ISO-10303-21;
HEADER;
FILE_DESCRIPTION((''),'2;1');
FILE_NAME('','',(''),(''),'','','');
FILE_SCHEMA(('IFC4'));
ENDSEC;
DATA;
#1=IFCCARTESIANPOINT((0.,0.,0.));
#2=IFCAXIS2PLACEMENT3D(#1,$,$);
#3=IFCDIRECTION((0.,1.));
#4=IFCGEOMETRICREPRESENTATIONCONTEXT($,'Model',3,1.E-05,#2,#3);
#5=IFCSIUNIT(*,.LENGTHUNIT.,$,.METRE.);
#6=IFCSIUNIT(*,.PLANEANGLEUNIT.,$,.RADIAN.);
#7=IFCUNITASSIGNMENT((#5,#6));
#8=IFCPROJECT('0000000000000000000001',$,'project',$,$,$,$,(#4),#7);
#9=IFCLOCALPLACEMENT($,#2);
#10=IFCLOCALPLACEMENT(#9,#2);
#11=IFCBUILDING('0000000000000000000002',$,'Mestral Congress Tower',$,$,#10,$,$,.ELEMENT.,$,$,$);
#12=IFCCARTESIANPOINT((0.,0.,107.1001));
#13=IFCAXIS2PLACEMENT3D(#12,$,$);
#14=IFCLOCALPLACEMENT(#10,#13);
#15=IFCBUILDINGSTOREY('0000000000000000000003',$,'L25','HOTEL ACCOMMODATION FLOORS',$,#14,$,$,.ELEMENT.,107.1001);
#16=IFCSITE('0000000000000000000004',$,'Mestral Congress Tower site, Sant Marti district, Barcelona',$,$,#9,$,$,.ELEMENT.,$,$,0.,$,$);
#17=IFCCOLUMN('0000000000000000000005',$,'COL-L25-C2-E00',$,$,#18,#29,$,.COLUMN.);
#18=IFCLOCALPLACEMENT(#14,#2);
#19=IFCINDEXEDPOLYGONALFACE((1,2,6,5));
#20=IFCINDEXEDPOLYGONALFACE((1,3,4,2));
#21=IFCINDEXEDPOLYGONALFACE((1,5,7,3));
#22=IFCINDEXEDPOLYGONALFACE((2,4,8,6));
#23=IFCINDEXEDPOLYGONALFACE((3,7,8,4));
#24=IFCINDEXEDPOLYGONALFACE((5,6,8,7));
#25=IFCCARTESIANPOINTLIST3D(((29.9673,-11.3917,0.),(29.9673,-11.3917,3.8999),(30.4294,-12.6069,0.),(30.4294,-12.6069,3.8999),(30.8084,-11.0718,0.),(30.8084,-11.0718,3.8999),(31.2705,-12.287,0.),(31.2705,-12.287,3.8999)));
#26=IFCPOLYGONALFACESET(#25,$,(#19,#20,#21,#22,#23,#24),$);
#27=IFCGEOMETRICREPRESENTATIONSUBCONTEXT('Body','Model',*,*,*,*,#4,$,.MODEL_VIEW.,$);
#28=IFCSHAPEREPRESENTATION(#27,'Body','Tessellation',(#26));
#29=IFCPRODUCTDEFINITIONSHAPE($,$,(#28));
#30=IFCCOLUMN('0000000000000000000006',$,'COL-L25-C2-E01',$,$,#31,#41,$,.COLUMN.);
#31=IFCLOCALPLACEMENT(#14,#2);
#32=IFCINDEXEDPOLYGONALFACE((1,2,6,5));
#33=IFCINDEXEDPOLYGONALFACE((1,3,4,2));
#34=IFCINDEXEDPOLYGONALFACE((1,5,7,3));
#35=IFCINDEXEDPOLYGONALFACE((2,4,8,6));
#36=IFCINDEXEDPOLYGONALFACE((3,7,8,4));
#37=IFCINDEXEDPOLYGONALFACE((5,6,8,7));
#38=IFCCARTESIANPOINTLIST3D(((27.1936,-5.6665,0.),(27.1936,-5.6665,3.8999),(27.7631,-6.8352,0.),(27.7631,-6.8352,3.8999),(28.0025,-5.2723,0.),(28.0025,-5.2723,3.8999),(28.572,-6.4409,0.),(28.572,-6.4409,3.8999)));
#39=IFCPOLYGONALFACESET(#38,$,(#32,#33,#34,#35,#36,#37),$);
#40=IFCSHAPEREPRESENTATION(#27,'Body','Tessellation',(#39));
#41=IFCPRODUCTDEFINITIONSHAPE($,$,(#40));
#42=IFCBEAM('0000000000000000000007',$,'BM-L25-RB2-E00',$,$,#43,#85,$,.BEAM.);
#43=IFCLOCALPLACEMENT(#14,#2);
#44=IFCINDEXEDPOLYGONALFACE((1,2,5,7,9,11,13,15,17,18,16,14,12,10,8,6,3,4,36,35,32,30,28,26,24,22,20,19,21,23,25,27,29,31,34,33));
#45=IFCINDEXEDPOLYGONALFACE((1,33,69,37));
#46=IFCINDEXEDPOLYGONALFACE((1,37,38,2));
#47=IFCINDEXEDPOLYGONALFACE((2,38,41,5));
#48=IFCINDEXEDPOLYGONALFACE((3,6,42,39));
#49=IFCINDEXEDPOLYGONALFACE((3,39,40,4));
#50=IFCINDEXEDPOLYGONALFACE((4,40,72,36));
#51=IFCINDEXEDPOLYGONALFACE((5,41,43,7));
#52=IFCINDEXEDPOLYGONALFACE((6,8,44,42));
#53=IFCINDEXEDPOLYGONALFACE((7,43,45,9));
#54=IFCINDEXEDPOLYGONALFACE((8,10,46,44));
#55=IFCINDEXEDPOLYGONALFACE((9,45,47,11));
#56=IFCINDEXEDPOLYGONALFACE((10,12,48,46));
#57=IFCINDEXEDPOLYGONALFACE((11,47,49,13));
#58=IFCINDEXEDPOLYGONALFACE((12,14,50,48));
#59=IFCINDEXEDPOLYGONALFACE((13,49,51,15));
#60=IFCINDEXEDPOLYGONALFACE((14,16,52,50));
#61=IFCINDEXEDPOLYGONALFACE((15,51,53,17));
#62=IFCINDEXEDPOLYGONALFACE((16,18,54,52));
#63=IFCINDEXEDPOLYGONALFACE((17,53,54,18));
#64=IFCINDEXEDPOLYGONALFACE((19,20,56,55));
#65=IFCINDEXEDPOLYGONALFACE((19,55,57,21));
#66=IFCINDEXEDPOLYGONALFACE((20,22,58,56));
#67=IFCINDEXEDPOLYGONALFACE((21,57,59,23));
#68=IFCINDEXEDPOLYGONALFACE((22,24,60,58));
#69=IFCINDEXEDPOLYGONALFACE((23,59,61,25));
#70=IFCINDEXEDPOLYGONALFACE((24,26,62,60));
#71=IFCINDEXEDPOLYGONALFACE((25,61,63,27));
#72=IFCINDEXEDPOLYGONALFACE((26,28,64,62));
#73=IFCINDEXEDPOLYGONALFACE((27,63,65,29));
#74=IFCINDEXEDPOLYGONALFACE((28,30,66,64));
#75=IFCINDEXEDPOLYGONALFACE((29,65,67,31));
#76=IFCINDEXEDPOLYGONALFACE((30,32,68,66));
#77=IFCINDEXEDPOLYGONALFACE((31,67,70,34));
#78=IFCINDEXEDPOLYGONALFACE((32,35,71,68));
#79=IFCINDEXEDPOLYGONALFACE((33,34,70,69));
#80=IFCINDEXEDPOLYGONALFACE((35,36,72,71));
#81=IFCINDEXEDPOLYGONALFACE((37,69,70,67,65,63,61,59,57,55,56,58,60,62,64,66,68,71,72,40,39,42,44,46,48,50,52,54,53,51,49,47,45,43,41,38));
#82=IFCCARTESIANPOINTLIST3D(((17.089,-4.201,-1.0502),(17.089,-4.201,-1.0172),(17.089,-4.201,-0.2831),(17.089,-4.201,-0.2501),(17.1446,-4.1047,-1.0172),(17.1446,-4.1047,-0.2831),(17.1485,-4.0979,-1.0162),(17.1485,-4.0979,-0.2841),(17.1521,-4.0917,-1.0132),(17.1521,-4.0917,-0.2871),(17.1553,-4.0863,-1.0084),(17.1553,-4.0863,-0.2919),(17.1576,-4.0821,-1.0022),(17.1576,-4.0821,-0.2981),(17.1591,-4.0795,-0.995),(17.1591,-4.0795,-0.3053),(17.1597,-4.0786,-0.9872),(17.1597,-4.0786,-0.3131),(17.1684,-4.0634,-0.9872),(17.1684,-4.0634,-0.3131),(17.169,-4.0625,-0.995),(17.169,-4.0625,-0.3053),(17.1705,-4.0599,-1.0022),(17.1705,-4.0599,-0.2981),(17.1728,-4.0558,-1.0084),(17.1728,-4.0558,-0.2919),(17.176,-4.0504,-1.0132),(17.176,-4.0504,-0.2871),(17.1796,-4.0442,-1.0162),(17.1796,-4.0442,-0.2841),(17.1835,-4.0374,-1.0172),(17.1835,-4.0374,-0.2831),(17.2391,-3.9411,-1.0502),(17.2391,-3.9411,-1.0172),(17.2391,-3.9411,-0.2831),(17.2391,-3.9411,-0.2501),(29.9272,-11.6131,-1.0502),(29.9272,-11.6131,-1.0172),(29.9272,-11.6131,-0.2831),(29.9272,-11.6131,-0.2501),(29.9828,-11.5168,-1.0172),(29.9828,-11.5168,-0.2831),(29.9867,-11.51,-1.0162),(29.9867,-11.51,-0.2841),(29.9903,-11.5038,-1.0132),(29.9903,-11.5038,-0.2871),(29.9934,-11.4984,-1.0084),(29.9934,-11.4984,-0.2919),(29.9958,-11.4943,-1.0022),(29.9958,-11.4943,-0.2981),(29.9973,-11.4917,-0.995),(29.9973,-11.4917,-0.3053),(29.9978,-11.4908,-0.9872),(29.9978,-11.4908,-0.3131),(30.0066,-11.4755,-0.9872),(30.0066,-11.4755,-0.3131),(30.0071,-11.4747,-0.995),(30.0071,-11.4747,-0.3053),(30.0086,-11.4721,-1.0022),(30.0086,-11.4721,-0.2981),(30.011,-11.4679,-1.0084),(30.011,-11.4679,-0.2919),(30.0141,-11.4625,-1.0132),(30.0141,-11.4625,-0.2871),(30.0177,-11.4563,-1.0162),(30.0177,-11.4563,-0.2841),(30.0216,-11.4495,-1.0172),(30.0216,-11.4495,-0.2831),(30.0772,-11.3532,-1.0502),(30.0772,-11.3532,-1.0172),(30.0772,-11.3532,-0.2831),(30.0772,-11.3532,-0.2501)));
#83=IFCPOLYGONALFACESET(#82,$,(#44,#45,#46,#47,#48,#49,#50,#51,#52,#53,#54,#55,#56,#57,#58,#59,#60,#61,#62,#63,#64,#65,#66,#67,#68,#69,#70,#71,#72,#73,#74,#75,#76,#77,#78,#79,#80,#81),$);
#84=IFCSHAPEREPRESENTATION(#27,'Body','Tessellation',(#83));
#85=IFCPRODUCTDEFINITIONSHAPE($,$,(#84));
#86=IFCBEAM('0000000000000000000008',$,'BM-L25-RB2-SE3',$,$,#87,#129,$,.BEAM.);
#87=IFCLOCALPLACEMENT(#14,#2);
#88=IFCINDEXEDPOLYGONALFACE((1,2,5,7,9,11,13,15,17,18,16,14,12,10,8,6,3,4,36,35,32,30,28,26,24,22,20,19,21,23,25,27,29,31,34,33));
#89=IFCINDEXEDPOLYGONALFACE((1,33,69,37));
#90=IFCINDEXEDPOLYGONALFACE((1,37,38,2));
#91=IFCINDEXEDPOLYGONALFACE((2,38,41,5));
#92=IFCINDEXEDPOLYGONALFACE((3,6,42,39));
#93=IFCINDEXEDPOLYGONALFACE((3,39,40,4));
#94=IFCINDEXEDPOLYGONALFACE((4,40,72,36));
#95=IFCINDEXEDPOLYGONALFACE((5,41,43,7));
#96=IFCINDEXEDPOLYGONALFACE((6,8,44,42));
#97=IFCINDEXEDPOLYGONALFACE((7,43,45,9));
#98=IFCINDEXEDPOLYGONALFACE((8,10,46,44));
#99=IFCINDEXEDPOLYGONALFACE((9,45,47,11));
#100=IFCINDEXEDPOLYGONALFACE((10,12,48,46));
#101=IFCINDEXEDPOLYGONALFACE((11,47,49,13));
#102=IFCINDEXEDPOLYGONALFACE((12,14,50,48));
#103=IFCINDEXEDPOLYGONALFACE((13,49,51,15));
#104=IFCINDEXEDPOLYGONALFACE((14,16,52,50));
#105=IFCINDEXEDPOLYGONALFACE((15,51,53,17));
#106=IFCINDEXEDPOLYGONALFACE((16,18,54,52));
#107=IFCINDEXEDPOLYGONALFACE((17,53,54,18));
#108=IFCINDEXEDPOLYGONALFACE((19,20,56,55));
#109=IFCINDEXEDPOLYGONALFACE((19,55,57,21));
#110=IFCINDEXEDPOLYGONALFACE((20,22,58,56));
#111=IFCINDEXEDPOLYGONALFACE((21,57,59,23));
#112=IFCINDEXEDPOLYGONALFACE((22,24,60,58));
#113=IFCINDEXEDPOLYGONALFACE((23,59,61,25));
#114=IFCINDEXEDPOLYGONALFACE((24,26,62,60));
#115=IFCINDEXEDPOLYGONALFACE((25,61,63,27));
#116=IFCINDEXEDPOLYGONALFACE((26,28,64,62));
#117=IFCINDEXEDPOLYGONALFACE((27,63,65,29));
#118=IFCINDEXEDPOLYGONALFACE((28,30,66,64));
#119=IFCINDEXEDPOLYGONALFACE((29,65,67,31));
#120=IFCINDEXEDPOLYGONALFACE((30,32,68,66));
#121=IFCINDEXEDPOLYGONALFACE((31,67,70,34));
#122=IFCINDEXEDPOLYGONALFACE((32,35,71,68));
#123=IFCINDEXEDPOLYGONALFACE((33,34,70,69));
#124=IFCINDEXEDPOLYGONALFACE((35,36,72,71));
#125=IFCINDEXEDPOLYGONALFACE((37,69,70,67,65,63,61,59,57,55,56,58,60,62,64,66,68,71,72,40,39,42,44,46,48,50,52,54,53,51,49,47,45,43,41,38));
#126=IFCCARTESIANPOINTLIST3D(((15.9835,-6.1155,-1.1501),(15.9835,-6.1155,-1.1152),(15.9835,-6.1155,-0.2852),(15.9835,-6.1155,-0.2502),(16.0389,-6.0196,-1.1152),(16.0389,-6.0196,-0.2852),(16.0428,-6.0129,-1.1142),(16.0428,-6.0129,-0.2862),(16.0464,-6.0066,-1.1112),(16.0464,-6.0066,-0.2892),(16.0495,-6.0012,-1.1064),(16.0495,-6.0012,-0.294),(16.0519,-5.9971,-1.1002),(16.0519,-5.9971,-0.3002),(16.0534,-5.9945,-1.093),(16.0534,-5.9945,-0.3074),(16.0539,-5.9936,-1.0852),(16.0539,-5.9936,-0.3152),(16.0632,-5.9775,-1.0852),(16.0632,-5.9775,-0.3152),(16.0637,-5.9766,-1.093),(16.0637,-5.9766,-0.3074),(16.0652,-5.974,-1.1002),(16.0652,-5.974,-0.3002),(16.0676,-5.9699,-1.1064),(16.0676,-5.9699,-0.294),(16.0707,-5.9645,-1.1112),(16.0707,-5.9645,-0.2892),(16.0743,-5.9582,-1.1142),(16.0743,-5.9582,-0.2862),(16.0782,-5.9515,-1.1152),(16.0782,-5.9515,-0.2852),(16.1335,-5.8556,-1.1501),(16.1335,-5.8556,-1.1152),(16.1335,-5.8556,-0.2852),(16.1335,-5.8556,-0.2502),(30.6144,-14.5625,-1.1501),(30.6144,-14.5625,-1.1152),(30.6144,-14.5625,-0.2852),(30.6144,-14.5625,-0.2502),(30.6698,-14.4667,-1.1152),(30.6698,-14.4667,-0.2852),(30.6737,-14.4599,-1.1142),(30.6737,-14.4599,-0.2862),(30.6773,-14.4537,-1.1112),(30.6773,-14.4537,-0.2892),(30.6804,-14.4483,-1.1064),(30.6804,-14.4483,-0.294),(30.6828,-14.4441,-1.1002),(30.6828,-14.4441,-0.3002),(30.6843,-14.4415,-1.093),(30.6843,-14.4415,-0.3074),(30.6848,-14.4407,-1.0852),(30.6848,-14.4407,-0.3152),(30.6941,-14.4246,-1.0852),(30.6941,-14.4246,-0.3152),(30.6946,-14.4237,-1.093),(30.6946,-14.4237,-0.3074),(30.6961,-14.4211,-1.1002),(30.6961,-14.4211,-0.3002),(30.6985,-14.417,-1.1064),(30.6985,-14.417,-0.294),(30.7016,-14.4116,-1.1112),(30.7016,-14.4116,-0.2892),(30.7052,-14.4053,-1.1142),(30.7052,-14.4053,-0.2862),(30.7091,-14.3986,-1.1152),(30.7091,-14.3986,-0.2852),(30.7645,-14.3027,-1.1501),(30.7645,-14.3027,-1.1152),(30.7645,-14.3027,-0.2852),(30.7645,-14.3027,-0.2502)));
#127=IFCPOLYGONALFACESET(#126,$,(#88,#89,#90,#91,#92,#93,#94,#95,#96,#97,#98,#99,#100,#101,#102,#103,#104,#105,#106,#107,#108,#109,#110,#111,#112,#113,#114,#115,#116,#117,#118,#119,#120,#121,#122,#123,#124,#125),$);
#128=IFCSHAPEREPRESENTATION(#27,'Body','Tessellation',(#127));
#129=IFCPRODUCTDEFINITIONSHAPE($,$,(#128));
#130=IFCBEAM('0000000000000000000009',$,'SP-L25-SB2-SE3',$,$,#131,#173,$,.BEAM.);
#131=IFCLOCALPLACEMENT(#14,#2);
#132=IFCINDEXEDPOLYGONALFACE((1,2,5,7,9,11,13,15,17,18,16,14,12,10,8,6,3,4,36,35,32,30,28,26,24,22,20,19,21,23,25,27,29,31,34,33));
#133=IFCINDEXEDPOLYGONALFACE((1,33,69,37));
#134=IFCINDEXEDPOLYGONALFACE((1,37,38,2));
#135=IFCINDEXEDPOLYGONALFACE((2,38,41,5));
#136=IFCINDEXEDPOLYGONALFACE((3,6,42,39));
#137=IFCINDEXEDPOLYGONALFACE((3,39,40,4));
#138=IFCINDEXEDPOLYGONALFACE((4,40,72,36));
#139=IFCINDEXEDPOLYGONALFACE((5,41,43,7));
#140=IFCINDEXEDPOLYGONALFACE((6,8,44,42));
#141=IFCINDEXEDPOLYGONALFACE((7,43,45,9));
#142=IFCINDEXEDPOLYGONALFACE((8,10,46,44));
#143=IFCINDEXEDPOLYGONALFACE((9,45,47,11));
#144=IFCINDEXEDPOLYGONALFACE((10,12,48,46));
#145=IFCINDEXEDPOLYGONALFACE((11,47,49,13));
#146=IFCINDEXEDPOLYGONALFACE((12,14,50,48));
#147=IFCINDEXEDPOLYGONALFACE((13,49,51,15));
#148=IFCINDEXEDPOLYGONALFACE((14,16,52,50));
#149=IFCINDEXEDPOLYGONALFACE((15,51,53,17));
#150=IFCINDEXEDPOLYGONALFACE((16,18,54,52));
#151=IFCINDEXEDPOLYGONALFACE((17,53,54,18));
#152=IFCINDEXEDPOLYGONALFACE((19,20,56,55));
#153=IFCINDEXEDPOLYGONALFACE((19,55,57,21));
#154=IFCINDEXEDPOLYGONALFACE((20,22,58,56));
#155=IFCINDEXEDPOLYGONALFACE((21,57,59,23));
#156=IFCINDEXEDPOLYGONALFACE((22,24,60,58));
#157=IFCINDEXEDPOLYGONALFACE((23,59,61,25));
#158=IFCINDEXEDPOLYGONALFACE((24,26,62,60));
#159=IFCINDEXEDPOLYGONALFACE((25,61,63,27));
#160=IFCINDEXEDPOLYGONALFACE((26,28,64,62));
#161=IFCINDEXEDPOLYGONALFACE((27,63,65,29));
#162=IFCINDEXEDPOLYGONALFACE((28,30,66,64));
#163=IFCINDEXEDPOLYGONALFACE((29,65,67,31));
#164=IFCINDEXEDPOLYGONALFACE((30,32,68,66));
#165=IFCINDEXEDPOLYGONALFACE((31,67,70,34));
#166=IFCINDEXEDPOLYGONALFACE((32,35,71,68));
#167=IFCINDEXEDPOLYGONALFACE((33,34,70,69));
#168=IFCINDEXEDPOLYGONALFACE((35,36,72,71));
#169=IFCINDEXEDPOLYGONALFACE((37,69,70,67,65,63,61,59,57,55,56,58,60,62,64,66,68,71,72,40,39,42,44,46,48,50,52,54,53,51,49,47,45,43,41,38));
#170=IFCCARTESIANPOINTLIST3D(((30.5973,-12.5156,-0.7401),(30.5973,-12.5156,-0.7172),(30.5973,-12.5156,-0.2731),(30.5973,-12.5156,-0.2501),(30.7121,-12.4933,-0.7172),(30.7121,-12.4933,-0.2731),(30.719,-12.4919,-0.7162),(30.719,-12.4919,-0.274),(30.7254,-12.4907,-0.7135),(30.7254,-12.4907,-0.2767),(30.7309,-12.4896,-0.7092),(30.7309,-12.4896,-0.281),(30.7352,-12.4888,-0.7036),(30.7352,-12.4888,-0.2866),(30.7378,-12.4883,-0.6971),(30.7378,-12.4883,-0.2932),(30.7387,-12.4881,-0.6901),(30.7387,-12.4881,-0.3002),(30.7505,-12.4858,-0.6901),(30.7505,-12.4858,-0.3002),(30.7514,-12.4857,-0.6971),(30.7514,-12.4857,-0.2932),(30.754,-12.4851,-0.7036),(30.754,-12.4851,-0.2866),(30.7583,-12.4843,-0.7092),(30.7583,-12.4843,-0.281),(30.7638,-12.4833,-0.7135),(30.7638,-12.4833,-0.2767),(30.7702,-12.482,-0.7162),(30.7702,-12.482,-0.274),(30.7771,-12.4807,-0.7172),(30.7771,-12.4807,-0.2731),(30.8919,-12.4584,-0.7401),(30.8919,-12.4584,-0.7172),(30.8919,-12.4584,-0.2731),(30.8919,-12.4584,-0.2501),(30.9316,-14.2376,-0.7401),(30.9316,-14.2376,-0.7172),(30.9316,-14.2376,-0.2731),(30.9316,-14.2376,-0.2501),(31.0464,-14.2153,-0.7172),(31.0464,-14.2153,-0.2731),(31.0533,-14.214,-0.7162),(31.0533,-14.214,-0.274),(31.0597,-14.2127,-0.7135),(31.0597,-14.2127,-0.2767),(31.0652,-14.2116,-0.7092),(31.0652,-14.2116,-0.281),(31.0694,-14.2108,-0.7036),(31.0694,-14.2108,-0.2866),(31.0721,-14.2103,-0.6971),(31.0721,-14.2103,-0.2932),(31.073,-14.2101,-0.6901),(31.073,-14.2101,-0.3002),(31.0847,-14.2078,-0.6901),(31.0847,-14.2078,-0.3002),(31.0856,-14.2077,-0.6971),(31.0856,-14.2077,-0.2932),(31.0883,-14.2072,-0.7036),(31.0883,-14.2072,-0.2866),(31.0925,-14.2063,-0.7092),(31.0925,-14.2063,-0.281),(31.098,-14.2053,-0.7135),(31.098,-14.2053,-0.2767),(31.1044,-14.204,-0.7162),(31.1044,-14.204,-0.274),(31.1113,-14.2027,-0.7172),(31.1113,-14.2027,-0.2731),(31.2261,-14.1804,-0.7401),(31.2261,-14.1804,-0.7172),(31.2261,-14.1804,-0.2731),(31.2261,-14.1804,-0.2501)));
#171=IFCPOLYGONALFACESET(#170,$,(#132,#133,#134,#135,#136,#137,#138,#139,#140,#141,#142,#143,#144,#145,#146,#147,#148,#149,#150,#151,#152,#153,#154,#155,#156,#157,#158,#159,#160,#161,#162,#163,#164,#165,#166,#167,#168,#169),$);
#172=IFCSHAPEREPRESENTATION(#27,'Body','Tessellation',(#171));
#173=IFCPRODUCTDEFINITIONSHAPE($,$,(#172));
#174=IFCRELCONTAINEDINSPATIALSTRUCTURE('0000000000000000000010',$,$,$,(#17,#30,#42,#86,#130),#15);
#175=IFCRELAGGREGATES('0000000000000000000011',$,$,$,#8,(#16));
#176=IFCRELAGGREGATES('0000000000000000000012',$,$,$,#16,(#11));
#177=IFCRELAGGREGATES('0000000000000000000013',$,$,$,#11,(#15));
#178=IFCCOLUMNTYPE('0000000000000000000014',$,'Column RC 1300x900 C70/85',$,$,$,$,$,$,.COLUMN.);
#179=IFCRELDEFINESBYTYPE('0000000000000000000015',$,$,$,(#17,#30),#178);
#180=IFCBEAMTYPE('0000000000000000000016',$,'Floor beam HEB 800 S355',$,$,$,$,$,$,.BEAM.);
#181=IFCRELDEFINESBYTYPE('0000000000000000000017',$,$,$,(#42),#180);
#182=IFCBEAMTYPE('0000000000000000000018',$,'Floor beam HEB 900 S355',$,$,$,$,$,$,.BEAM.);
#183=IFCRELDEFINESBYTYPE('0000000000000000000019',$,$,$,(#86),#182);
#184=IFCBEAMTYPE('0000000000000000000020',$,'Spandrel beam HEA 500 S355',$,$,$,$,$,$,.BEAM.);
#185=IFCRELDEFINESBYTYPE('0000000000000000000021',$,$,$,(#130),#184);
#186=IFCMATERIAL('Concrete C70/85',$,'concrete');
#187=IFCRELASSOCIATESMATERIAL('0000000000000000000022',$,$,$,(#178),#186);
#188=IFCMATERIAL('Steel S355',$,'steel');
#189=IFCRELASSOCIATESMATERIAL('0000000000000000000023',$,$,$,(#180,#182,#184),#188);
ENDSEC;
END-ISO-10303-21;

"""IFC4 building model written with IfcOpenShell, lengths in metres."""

from ifc_helpers import new_model, si_unit, direction, frame, origin, origin_2d, place, context, subcontext, project, spatial, rectangle, i_section, extrude, material, material_profile, profile_set, type_object, element, save


model = new_model("IFC4")

# Units and contexts
model_context = context("Model", 3, precision=1e-05, world=origin(), true_north=direction((0.0, 1.0)))
body_context = subcontext(model_context, "Body", "Model", "MODEL_VIEW")
ifc_project = project(units=[si_unit("LENGTHUNIT", "METRE"), si_unit("PLANEANGLEUNIT", "RADIAN")], contexts=[model_context])

# Site, building, storey
site_placement = place(None, origin())
site = spatial("IfcSite", under=ifc_project, at=site_placement, Name="Mestral Congress Tower site, Sant Marti district, Barcelona", CompositionType="ELEMENT", RefElevation=0.0)
building_placement = place(site_placement, origin())
building = spatial("IfcBuilding", under=site, at=building_placement, Name="Mestral Congress Tower", CompositionType="ELEMENT")
storey_placement = place(building_placement, frame((0.0, 0.0, 107.1001)))
storey = spatial("IfcBuildingStorey", under=building, at=storey_placement, Name="L25", Description="HOTEL ACCOMMODATION FLOORS", CompositionType="ELEMENT", Elevation=107.1001)

# Columns
ifc_material_1 = material(Name="Concrete C70/85", Category="concrete")
ifc_material_profile_1 = material_profile(ifc_material_1, rectangle(XDim=1.3, YDim=0.8999, at=origin_2d()), Name="RC 1300x900")
ifc_profile_set_1 = profile_set([ifc_material_profile_1], Name="Concrete C70/85")
column_type = type_object("IfcColumnType", Name="Column RC 1300x900 C70/85", PredefinedType="COLUMN", material=ifc_profile_set_1)
for number, where, z_axis, x_axis, name in (
    (1, (30.6189, -11.8394, 0.0), (0.0, 0.0, 1.0), (-0.355494, 0.934679, 0.0), "COL-L25-C2-E00"),
    (2, (27.8828, -6.0537, 0.0), (0.0, 0.0, 1.0), (-0.438061, 0.898945, 0.0), "COL-L25-C2-E01"),
):
    element("IfcColumn", number, at=place(storey_placement, frame(where, z_axis=z_axis, x_axis=x_axis)), inside=storey, type_object=column_type, Name=name, PredefinedType="COLUMN", context=body_context, shape_type="SweptSolid", body=[
        extrude(rectangle(XDim=1.3, YDim=0.8999, at=origin_2d()), origin(), (0.0, 0.0, 1.0), 3.8999),
    ])

# Beams
ifc_material_2 = material(Name="Steel S355", Category="steel")
ifc_material_profile_2 = material_profile(ifc_material_2, i_section(OverallWidth=0.3, OverallDepth=0.8, WebThickness=0.0176, FlangeThickness=0.033, FilletRadius=0.03, at=origin_2d()), Name="HEB 800")
ifc_profile_set_2 = profile_set([ifc_material_profile_2], Name="Steel S355")
beam_type_1 = type_object("IfcBeamType", Name="Floor beam HEB 800 S355", PredefinedType="BEAM", material=ifc_profile_set_2)
beam_1_placement = place(storey_placement, frame((30.0022, -11.4832, -0.6501), z_axis=(-0.866025, 0.5, 0.0), x_axis=(-0.5, -0.866025, 0.0)))
element("IfcBeam", 3, at=beam_1_placement, inside=storey, type_object=beam_type_1, Name="BM-L25-RB2-E00", PredefinedType="BEAM", context=body_context, shape_type="SweptSolid", body=[
    extrude(i_section(OverallWidth=0.3, OverallDepth=0.8, WebThickness=0.0176, FlangeThickness=0.033, FilletRadius=0.03, at=origin_2d()), origin(), (0.0, 0.0, 1.0), 14.8242),
])
ifc_material_profile_3 = material_profile(ifc_material_2, i_section(OverallWidth=0.3, OverallDepth=0.8999, WebThickness=0.0186, FlangeThickness=0.0349, FilletRadius=0.03, at=origin_2d()), Name="HEB 900")
ifc_profile_set_3 = profile_set([ifc_material_profile_3], Name="Steel S355")
beam_type_2 = type_object("IfcBeamType", Name="Floor beam HEB 900 S355", PredefinedType="BEAM", material=ifc_profile_set_3)
beam_2_placement = place(storey_placement, frame((30.6895, -14.4326, -0.7002), z_axis=(-0.866028, 0.499995, 0.0), x_axis=(-0.499995, -0.866028, 0.0)))
element("IfcBeam", 4, at=beam_2_placement, inside=storey, type_object=beam_type_2, Name="BM-L25-RB2-SE3", PredefinedType="BEAM", context=body_context, shape_type="SweptSolid", body=[
    extrude(i_section(OverallWidth=0.3, OverallDepth=0.8999, WebThickness=0.0186, FlangeThickness=0.0349, FilletRadius=0.03, at=origin_2d()), origin(), (0.0, 0.0, 1.0), 16.8943),
])
ifc_material_profile_4 = material_profile(ifc_material_2, i_section(OverallWidth=0.3, OverallDepth=0.49, WebThickness=0.012, FlangeThickness=0.0229, FilletRadius=0.0271, at=origin_2d()), Name="HEA 500")
ifc_profile_set_4 = profile_set([ifc_material_profile_4], Name="Steel S355")
beam_type_3 = type_object("IfcBeamType", Name="Spandrel beam HEA 500 S355", PredefinedType="BEAM", material=ifc_profile_set_4)
beam_3_placement = place(storey_placement, frame((31.0789, -14.209, -0.4951), z_axis=(-0.190546, 0.981678, 0.0), x_axis=(-0.981678, -0.190546, 0.0)))
element("IfcBeam", 5, at=beam_3_placement, inside=storey, type_object=beam_type_3, Name="SP-L25-SB2-SE3", PredefinedType="BEAM", context=body_context, shape_type="SweptSolid", body=[
    extrude(i_section(OverallWidth=0.3, OverallDepth=0.49, WebThickness=0.012, FlangeThickness=0.0229, FilletRadius=0.0271, at=origin_2d()), origin(), (0.0, 0.0, 1.0), 1.7542),
])

save(model, "model.ifc")
